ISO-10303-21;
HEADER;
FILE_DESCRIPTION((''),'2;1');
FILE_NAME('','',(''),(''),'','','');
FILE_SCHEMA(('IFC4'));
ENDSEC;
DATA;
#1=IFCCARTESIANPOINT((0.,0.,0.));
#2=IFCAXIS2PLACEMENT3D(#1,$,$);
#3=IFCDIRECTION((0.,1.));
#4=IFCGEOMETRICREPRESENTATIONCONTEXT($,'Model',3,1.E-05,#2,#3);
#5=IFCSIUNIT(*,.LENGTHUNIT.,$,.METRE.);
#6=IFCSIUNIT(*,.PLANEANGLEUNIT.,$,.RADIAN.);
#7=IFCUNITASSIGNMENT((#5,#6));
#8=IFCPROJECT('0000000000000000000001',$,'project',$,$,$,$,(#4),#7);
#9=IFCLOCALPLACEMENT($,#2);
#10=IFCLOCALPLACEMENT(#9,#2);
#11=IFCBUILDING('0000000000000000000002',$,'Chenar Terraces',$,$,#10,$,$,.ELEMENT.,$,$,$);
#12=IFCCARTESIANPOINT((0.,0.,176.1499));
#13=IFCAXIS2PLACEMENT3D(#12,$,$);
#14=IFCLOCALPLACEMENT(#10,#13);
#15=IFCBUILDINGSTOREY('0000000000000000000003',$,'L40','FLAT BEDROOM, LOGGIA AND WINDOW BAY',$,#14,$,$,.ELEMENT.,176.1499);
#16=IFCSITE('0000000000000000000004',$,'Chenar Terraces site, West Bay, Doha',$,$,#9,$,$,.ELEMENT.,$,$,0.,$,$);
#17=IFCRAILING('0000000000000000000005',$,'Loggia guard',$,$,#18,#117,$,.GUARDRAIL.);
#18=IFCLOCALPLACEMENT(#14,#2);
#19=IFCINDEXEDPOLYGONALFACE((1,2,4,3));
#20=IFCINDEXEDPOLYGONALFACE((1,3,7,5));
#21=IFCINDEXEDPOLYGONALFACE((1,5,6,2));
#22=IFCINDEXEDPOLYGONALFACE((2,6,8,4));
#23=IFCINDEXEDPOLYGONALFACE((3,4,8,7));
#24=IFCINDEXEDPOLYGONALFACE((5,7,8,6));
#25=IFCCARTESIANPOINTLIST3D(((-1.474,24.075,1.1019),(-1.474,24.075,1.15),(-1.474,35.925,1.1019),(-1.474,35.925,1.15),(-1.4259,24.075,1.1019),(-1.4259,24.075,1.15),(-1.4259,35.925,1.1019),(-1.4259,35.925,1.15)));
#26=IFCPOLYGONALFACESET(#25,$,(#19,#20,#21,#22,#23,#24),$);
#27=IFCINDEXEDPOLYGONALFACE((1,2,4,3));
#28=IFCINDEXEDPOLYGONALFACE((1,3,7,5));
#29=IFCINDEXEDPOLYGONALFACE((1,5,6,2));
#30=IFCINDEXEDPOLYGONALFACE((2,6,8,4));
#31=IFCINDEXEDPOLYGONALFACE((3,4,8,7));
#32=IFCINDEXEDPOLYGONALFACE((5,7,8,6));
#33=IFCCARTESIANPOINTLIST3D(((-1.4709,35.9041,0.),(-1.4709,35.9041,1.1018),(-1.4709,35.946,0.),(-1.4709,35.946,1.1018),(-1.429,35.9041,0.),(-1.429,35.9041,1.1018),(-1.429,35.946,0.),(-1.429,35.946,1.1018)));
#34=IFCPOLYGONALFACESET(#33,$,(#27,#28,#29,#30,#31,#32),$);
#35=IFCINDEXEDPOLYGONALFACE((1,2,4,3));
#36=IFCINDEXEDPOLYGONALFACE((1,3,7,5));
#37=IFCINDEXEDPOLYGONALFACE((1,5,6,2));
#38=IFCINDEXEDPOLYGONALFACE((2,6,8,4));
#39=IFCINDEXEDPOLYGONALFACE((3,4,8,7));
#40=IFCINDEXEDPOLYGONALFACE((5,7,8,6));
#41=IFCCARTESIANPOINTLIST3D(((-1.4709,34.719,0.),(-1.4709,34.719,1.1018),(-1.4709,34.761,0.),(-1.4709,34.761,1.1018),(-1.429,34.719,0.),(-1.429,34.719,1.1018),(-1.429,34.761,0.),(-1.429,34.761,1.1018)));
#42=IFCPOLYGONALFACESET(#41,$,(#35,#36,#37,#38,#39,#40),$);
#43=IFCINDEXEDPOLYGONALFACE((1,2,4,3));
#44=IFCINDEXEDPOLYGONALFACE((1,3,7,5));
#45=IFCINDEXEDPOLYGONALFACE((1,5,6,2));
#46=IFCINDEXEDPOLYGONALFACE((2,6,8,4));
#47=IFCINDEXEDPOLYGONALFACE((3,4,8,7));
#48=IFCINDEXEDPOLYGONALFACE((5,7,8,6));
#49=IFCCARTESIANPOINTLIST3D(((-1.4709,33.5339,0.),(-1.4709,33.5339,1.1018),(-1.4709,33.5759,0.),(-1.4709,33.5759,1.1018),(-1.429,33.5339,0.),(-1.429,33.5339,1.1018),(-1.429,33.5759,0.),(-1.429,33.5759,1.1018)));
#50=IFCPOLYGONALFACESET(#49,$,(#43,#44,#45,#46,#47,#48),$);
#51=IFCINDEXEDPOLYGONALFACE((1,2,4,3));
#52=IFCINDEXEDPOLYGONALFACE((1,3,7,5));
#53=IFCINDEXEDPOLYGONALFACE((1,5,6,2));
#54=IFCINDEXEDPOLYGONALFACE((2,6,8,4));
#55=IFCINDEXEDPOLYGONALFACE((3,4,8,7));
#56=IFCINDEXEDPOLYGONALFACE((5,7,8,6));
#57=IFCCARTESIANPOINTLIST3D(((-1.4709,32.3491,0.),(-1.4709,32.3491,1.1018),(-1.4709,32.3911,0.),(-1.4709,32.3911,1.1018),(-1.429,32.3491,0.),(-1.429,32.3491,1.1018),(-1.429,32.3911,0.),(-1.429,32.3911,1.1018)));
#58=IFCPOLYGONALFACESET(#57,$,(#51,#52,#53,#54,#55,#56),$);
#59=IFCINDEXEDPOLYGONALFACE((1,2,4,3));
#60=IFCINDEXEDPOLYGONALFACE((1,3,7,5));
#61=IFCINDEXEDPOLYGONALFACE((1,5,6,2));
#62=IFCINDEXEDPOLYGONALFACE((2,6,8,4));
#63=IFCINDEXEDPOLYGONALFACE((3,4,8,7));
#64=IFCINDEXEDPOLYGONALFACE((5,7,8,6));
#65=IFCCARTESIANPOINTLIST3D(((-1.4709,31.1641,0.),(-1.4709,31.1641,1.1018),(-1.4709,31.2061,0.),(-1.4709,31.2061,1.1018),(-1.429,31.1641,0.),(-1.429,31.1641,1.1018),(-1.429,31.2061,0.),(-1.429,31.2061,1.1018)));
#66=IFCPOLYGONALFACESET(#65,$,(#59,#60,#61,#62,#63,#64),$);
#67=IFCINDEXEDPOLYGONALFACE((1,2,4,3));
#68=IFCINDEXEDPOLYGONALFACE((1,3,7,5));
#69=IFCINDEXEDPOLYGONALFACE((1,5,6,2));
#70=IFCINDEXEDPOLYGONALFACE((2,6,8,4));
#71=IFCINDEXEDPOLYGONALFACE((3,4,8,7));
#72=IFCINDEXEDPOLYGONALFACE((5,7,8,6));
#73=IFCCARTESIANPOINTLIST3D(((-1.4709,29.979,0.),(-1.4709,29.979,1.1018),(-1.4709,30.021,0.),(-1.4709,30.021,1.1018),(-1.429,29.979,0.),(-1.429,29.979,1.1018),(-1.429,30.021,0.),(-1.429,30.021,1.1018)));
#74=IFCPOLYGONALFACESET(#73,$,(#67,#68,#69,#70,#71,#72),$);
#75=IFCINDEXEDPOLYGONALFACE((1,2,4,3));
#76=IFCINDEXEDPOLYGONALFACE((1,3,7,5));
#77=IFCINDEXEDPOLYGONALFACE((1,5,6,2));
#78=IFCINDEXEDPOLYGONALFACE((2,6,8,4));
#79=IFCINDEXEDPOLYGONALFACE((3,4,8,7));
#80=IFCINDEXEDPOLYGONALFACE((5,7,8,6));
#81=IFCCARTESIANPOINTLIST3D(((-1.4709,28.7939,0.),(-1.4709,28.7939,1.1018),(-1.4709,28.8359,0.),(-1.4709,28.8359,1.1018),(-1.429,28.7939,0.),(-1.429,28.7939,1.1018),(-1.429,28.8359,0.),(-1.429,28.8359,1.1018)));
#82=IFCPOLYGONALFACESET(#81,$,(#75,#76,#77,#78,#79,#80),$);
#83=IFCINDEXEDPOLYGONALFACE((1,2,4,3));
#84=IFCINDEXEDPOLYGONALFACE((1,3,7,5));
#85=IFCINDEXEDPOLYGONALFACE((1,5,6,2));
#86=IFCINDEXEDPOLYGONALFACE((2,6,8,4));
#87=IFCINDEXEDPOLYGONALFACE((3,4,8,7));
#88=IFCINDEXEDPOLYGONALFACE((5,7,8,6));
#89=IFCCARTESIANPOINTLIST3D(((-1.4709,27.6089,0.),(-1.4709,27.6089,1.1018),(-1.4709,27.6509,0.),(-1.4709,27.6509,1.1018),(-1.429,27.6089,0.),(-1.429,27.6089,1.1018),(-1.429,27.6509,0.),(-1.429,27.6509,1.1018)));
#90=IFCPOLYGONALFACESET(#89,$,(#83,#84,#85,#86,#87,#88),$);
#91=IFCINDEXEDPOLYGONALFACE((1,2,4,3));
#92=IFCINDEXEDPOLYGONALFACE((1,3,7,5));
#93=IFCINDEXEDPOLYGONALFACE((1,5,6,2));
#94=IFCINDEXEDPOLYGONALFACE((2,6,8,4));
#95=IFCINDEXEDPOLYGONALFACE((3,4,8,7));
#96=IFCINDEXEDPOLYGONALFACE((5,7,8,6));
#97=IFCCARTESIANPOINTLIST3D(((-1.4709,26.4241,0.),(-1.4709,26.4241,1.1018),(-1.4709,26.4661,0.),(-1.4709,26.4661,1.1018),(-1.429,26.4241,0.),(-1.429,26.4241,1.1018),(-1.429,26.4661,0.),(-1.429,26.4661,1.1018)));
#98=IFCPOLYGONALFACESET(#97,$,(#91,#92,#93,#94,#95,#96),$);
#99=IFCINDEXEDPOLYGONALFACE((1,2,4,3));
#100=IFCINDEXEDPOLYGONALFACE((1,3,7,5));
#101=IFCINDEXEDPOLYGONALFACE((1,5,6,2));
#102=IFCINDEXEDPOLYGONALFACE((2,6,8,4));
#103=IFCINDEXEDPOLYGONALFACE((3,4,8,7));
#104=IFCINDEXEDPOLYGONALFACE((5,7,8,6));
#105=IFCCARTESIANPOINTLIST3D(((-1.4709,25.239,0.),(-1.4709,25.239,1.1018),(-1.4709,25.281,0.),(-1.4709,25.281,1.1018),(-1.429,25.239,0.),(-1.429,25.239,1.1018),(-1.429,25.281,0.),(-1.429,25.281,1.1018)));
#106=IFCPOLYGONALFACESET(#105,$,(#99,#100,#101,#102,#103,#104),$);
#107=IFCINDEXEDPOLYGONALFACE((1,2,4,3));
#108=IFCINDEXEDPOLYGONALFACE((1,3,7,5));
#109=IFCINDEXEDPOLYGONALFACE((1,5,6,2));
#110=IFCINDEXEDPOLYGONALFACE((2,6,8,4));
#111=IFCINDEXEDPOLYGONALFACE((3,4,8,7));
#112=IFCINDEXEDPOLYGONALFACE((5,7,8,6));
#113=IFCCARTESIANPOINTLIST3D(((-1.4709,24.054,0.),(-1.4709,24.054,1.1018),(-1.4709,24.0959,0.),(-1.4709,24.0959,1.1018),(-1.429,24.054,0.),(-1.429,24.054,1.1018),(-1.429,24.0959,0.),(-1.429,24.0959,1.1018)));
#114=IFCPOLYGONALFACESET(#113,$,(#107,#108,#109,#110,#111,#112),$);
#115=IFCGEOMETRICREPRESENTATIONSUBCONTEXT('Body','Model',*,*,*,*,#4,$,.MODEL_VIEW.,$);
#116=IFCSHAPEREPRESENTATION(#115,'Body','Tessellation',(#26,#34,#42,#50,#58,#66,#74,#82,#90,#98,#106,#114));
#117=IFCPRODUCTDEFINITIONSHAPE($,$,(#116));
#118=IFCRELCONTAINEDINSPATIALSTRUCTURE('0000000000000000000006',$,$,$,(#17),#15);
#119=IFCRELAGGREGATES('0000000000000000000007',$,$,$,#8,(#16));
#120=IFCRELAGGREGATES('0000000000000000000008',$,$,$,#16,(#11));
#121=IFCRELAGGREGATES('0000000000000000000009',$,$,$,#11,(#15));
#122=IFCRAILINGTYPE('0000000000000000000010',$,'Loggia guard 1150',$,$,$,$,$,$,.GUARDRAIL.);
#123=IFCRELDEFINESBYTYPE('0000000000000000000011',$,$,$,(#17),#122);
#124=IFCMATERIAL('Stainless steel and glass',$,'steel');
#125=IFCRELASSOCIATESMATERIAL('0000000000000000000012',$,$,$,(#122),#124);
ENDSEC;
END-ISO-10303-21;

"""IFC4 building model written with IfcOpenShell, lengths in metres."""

from ifc_helpers import new_model, si_unit, direction, frame, origin, origin_2d, place, context, subcontext, project, spatial, rectangle, extrude, material, type_object, element, save


model = new_model("IFC4")

# Units and contexts
model_context = context("Model", 3, precision=1e-05, world=origin(), true_north=direction((0.0, 1.0)))
body_context = subcontext(model_context, "Body", "Model", "MODEL_VIEW")
ifc_project = project(units=[si_unit("LENGTHUNIT", "METRE"), si_unit("PLANEANGLEUNIT", "RADIAN")], contexts=[model_context])

# Site, building, storey
site_placement = place(None, origin())
site = spatial("IfcSite", under=ifc_project, at=site_placement, Name="Chenar Terraces site, West Bay, Doha", CompositionType="ELEMENT", RefElevation=0.0)
building_placement = place(site_placement, origin())
building = spatial("IfcBuilding", under=site, at=building_placement, Name="Chenar Terraces", CompositionType="ELEMENT")
storey_placement = place(building_placement, frame((0.0, 0.0, 176.1499)))
storey = spatial("IfcBuildingStorey", under=building, at=storey_placement, Name="L40", Description="FLAT BEDROOM, LOGGIA AND WINDOW BAY", CompositionType="ELEMENT", Elevation=176.1499)

# Railing
ifc_material_1 = material(Name="Stainless steel and glass", Category="steel")
railing_type = type_object("IfcRailingType", Name="Loggia guard 1150", PredefinedType="GUARDRAIL", material=ifc_material_1)
railing_placement = place(storey_placement, frame((-1.45, 35.925, 0.0)))
element("IfcRailing", 1, at=railing_placement, inside=storey, type_object=railing_type, Name="Loggia guard", PredefinedType="GUARDRAIL", context=body_context, shape_type="SweptSolid", body=[
    extrude(rectangle(XDim=0.0481, YDim=0.0481, at=origin_2d()), frame((0.0, 0.0, 1.126), z_axis=(0.0, -1.0, 0.0), x_axis=(1.0, 0.0, 0.0)), (0.0, 0.0, 1.0), 11.8501),
    extrude(rectangle(XDim=0.042, YDim=0.042, at=origin_2d()), origin(), (0.0, 0.0, 1.0), 1.1018),
    extrude(rectangle(XDim=0.042, YDim=0.042, at=origin_2d()), frame((0.0, -1.1851, 0.0)), (0.0, 0.0, 1.0), 1.1018),
    extrude(rectangle(XDim=0.042, YDim=0.042, at=origin_2d()), frame((0.0, -2.3701, 0.0)), (0.0, 0.0, 1.0), 1.1018),
    extrude(rectangle(XDim=0.042, YDim=0.042, at=origin_2d()), frame((0.0, -3.5549, 0.0)), (0.0, 0.0, 1.0), 1.1018),
    extrude(rectangle(XDim=0.042, YDim=0.042, at=origin_2d()), frame((0.0, -4.74, 0.0)), (0.0, 0.0, 1.0), 1.1018),
    extrude(rectangle(XDim=0.042, YDim=0.042, at=origin_2d()), frame((0.0, -5.925, 0.0)), (0.0, 0.0, 1.0), 1.1018),
    extrude(rectangle(XDim=0.042, YDim=0.042, at=origin_2d()), frame((0.0, -7.1101, 0.0)), (0.0, 0.0, 1.0), 1.1018),
    extrude(rectangle(XDim=0.042, YDim=0.042, at=origin_2d()), frame((0.0, -8.2952, 0.0)), (0.0, 0.0, 1.0), 1.1018),
    extrude(rectangle(XDim=0.042, YDim=0.042, at=origin_2d()), frame((0.0, -9.48, 0.0)), (0.0, 0.0, 1.0), 1.1018),
    extrude(rectangle(XDim=0.042, YDim=0.042, at=origin_2d()), frame((0.0, -10.665, 0.0)), (0.0, 0.0, 1.0), 1.1018),
    extrude(rectangle(XDim=0.042, YDim=0.042, at=origin_2d()), frame((0.0, -11.8501, 0.0)), (0.0, 0.0, 1.0), 1.1018),
])

save(model, "model.ifc")
